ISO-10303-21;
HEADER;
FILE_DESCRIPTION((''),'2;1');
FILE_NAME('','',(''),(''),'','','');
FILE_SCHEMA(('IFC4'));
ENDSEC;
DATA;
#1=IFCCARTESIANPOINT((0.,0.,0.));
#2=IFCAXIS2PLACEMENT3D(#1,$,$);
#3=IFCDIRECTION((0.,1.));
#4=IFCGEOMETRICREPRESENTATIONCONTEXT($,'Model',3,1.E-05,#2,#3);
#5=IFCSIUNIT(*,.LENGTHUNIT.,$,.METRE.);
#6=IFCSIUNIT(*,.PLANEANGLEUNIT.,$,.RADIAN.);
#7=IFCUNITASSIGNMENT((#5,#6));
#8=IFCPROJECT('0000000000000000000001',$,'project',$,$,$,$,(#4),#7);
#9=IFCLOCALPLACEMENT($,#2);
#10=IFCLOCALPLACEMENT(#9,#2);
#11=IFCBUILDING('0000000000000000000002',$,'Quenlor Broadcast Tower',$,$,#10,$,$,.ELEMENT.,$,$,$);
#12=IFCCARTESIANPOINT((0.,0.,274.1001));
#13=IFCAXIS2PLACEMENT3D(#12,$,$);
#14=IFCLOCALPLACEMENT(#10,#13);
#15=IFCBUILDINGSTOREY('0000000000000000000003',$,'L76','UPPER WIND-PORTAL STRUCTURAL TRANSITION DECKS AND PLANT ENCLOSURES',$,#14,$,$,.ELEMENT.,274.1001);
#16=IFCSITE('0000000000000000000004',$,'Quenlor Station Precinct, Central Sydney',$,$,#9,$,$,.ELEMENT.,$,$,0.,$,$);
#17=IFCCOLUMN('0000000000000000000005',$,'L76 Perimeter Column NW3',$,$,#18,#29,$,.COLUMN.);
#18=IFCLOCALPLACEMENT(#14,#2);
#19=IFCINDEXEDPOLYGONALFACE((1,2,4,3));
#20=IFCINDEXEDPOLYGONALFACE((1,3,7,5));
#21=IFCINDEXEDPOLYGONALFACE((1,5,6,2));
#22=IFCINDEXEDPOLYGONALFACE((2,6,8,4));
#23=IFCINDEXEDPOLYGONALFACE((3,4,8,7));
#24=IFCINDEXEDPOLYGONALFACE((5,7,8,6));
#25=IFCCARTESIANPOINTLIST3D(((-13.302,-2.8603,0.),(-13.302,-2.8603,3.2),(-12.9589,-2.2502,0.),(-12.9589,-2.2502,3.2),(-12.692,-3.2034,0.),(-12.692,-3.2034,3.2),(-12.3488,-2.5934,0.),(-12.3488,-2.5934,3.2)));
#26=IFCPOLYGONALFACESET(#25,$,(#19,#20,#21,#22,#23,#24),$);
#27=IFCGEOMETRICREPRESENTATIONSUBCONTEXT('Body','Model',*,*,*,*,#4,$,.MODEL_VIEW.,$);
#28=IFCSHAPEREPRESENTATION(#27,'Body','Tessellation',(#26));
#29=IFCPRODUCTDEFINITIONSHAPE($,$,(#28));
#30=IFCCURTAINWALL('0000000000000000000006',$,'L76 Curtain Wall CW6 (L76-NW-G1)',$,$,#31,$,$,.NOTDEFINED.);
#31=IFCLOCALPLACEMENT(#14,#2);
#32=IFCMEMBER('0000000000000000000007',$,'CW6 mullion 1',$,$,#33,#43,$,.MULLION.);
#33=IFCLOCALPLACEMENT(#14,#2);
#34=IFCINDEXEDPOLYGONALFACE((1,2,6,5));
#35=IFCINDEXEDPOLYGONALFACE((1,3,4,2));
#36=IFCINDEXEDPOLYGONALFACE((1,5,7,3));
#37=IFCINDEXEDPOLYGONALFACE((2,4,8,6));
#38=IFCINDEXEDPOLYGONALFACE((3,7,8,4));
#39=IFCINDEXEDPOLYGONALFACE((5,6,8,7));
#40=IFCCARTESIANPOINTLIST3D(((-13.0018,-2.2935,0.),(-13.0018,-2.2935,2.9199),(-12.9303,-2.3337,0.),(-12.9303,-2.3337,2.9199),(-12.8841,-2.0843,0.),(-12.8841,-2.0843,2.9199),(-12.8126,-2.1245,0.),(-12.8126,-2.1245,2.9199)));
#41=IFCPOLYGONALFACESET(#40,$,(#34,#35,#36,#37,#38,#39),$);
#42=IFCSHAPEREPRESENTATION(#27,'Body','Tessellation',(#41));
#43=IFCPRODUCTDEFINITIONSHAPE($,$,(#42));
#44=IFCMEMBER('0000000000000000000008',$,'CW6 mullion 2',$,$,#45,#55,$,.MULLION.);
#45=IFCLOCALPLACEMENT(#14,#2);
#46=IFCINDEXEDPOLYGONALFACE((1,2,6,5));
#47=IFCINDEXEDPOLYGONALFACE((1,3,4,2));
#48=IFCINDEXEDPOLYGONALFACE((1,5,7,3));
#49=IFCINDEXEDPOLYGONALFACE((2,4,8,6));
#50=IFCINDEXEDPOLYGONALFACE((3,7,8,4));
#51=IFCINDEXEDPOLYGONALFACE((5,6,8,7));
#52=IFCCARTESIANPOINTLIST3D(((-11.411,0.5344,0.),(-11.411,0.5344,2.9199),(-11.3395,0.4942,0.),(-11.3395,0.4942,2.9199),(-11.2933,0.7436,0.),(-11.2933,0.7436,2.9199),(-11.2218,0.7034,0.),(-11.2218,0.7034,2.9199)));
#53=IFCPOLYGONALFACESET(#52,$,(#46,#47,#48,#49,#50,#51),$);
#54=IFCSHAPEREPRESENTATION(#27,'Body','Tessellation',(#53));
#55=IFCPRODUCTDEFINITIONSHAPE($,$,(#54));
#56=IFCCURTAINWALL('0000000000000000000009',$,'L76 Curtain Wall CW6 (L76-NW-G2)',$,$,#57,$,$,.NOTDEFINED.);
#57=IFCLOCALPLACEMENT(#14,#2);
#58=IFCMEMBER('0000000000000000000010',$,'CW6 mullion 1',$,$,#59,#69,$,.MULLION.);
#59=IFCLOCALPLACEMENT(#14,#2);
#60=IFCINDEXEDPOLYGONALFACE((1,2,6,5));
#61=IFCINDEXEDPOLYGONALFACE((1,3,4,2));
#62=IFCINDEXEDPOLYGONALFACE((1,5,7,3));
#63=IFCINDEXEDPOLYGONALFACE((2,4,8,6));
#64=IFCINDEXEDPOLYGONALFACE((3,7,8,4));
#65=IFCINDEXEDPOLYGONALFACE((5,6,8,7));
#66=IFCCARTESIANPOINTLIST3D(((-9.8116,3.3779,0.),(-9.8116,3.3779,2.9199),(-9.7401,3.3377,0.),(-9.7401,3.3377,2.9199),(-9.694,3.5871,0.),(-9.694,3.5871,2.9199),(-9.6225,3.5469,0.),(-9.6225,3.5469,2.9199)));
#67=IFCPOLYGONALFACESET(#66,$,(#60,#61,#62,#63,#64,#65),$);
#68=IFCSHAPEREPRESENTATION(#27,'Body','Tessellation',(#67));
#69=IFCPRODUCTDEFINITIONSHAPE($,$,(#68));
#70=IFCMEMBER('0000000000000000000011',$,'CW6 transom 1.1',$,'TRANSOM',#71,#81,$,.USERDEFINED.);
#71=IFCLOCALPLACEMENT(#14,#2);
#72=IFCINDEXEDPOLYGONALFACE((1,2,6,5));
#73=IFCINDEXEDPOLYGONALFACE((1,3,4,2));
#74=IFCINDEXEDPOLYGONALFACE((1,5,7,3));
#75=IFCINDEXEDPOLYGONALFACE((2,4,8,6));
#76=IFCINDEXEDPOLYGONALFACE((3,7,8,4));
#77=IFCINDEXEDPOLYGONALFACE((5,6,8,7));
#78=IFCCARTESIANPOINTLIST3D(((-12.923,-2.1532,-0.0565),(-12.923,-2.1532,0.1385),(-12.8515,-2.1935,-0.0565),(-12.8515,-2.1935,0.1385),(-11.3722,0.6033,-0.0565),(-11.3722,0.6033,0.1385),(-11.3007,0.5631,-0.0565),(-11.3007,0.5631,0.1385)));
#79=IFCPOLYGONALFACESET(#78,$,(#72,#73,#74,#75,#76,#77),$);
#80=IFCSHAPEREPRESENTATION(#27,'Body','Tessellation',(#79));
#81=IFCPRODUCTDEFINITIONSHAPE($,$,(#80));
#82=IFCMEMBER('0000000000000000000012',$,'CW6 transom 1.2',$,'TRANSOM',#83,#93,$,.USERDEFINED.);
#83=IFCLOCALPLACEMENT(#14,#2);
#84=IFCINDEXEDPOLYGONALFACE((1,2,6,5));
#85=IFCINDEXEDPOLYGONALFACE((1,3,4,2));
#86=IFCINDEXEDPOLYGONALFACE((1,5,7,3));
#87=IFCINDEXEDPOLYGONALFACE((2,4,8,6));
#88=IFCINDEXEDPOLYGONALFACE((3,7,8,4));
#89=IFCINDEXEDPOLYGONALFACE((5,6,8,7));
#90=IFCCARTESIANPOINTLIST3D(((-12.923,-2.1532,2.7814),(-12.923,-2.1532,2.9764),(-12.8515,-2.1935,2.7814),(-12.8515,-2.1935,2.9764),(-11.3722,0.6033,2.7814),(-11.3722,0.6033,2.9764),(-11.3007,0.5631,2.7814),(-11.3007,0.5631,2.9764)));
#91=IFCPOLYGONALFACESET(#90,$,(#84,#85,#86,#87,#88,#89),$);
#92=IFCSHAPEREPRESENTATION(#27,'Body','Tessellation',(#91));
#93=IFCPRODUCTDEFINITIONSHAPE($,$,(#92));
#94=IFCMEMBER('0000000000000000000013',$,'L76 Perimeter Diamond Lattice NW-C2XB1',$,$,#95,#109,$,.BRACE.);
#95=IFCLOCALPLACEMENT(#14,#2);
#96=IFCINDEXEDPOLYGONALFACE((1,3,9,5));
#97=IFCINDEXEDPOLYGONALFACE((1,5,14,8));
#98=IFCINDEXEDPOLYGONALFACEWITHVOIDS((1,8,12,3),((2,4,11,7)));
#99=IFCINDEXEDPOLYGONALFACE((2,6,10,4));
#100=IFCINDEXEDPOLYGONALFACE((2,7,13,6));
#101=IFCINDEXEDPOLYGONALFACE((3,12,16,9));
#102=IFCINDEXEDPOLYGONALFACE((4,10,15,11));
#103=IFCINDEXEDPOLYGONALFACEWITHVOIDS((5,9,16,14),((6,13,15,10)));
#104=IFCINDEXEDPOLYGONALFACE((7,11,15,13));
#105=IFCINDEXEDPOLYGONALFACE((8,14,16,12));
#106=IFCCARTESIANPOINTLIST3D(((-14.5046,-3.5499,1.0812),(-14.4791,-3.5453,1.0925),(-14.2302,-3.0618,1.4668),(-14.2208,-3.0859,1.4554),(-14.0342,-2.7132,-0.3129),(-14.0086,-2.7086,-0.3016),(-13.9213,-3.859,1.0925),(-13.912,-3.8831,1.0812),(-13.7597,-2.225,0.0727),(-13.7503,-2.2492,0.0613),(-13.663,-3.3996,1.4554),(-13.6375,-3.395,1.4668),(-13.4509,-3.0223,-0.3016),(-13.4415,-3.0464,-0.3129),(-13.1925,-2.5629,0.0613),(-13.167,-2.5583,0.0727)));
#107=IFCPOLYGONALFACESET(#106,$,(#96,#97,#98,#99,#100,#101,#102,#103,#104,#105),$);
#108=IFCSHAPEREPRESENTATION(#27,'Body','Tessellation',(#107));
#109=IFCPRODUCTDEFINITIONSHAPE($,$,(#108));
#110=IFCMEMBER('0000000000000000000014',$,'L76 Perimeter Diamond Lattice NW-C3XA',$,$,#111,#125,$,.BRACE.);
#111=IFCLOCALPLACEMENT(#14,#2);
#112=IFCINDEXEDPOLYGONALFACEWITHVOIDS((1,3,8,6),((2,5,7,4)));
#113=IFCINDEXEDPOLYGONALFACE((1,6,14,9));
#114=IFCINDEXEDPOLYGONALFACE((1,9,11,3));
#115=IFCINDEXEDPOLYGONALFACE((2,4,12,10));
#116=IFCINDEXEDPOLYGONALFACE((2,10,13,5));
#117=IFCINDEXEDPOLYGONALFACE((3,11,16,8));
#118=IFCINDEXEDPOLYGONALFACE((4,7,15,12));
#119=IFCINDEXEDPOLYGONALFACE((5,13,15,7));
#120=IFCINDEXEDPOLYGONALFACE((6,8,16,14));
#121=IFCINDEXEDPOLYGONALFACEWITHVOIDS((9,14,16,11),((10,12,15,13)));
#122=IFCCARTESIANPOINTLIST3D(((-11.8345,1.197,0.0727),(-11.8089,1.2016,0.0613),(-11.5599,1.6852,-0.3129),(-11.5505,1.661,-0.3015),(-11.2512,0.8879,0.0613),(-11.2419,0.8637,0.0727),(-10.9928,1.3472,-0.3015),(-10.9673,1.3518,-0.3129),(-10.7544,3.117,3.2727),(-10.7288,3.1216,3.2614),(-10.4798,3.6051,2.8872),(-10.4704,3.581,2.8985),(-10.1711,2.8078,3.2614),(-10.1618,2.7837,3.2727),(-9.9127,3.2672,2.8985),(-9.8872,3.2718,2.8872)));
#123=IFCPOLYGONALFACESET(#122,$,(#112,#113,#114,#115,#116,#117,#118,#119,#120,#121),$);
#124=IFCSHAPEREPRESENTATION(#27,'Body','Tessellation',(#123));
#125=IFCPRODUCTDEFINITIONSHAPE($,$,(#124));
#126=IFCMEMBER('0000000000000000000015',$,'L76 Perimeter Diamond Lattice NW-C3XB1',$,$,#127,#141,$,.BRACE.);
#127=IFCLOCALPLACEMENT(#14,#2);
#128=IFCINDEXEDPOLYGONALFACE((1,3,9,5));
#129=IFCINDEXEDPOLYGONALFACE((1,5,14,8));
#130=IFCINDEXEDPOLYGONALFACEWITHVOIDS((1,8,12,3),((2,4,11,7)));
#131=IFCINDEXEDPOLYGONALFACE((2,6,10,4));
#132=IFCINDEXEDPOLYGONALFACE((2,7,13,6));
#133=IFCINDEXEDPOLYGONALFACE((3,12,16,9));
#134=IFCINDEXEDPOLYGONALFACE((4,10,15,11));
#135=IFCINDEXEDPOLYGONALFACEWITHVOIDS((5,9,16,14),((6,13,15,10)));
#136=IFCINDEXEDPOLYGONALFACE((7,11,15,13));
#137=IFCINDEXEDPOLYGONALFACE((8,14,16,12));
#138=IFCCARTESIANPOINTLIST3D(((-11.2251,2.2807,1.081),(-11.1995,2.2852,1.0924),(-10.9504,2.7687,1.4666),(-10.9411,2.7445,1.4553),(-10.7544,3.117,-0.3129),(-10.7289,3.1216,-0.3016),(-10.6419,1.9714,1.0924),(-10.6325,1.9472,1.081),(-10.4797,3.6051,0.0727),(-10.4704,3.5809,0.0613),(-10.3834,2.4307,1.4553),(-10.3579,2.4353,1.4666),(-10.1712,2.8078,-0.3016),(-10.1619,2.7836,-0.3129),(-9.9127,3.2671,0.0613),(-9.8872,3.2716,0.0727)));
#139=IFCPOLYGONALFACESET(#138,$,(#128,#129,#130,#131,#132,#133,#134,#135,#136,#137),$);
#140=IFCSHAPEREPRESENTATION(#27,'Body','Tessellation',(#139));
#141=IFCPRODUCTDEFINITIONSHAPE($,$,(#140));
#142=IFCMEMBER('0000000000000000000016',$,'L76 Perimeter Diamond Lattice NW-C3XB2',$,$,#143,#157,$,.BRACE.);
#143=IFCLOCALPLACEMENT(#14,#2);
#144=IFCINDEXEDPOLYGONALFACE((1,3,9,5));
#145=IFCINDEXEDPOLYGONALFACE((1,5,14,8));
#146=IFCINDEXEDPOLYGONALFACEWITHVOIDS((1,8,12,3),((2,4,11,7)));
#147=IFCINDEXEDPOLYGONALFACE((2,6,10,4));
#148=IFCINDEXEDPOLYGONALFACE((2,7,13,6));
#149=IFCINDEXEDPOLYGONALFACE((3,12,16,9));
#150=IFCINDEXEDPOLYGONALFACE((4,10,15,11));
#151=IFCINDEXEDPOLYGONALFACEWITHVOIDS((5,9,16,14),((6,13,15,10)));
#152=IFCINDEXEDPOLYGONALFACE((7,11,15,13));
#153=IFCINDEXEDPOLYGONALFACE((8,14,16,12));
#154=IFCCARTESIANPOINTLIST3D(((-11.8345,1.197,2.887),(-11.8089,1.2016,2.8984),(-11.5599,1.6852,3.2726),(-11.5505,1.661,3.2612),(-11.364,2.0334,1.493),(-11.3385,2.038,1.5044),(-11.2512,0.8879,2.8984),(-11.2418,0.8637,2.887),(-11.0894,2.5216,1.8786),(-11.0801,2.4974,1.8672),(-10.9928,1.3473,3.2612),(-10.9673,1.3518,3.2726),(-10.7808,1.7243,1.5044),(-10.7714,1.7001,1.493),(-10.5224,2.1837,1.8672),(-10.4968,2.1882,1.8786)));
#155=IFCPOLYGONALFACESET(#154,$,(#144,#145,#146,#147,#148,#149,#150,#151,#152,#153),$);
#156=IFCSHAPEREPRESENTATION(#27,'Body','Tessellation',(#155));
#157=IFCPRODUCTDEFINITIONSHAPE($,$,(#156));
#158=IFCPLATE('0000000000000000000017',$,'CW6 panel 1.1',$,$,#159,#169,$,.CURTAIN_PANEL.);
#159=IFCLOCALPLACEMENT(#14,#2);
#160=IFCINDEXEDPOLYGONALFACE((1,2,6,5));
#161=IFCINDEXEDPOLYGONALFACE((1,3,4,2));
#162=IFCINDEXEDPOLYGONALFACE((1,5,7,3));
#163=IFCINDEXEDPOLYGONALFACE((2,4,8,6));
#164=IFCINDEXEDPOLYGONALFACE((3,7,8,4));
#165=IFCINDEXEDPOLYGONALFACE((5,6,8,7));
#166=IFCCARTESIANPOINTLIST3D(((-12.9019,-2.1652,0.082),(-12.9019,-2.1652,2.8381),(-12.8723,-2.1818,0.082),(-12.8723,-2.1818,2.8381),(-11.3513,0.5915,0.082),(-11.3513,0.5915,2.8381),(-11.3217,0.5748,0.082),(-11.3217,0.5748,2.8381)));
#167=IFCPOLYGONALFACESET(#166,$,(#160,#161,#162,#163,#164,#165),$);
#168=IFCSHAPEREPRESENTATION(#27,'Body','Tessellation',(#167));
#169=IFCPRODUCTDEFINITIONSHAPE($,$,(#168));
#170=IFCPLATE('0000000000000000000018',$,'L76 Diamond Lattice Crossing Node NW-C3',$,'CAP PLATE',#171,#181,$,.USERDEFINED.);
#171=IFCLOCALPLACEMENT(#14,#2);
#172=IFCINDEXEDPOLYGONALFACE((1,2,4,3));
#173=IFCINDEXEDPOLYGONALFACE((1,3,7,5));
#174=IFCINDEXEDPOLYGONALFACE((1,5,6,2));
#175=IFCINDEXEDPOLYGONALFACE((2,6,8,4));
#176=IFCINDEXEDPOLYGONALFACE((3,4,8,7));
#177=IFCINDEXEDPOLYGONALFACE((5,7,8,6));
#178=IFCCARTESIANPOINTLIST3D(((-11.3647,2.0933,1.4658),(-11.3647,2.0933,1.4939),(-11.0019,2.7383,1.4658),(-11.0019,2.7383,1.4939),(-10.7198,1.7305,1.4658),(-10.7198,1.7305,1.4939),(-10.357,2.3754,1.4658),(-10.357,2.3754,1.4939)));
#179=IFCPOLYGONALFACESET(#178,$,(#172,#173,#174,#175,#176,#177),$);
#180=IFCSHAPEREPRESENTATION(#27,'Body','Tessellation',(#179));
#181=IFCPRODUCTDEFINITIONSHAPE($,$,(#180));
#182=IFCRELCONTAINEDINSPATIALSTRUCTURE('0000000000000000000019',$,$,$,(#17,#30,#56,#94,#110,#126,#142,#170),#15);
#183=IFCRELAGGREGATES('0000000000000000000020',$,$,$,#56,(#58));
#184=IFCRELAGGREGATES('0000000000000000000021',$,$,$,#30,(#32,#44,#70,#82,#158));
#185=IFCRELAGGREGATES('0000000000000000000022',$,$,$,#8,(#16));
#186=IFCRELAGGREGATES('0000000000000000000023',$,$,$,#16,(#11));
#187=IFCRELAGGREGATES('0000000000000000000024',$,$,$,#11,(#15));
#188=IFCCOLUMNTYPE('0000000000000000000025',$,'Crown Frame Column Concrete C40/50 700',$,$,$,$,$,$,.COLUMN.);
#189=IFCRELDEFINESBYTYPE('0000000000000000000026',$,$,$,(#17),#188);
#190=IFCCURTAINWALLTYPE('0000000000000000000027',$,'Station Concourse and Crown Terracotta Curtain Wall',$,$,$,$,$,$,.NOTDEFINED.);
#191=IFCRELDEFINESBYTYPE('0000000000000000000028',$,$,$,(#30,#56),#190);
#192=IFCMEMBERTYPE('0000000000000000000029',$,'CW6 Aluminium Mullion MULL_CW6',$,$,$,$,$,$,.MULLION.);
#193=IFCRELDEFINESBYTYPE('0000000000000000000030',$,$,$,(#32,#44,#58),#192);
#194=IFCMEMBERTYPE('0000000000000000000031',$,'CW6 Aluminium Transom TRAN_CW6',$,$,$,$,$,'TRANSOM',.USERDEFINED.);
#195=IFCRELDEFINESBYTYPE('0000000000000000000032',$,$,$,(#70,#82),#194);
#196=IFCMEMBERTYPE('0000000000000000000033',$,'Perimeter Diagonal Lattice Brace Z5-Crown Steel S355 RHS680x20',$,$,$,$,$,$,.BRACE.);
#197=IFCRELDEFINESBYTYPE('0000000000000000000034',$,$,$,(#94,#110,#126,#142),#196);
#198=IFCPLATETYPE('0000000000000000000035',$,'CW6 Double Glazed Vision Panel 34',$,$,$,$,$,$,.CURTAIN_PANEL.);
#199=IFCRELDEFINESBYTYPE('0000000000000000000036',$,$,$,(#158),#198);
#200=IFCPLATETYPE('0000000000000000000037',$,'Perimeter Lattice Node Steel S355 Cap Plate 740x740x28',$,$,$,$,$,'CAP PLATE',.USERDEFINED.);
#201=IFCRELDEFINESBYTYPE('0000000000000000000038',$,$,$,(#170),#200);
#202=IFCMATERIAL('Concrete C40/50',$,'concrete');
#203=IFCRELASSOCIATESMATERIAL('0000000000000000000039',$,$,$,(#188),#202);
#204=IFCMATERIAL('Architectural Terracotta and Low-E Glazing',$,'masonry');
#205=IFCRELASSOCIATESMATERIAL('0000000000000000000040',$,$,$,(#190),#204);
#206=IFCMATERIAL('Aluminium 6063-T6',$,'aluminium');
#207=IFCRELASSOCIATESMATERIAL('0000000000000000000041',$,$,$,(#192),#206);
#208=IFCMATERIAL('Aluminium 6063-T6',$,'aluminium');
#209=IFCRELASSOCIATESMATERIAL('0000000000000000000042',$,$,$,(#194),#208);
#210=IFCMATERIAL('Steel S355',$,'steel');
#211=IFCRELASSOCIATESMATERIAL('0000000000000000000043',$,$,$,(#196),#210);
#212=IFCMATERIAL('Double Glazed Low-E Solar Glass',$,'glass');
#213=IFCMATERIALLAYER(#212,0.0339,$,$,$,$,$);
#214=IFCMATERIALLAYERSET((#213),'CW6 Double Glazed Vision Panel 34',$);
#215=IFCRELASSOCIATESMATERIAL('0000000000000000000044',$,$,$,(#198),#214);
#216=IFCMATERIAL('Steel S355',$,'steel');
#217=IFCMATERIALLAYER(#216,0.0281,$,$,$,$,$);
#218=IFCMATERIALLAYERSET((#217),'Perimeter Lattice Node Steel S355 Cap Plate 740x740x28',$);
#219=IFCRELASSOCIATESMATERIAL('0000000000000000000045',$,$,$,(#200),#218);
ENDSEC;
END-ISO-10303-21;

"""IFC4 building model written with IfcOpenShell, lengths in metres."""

from ifc_helpers import new_model, si_unit, direction, frame, origin, origin_2d, place, context, subcontext, project, spatial, rectangle, hollow_rectangle, extrude, material, layer, layer_set, material_profile, profile_set, type_object, element, aggregate, save


model = new_model("IFC4")

# Units and contexts
model_context = context("Model", 3, precision=1e-05, world=origin(), true_north=direction((0.0, 1.0)))
body_context = subcontext(model_context, "Body", "Model", "MODEL_VIEW")
ifc_project = project(units=[si_unit("LENGTHUNIT", "METRE"), si_unit("PLANEANGLEUNIT", "RADIAN")], contexts=[model_context])

# Site, building, storey
site_placement = place(None, origin())
site = spatial("IfcSite", under=ifc_project, at=site_placement, Name="Quenlor Station Precinct, Central Sydney", CompositionType="ELEMENT", RefElevation=0.0)
building_placement = place(site_placement, origin())
building = spatial("IfcBuilding", under=site, at=building_placement, Name="Quenlor Broadcast Tower", CompositionType="ELEMENT")
storey_placement = place(building_placement, frame((0.0, 0.0, 274.1001)))
storey = spatial("IfcBuildingStorey", under=building, at=storey_placement, Name="L76", Description="UPPER WIND-PORTAL STRUCTURAL TRANSITION DECKS AND PLANT ENCLOSURES", CompositionType="ELEMENT", Elevation=274.1001)

# Column
ifc_material_1 = material(Name="Concrete C40/50", Category="concrete")
ifc_material_profile_1 = material_profile(ifc_material_1, rectangle(XDim=0.7, YDim=0.7, at=origin_2d()))
ifc_profile_set_1 = profile_set([ifc_material_profile_1], Name="Concrete C40/50 RC700x700")
column_type = type_object("IfcColumnType", Name="Crown Frame Column Concrete C40/50 700", PredefinedType="COLUMN", material=ifc_profile_set_1)
column_placement = place(storey_placement, frame((-12.8254, -2.7268, 0.0), z_axis=(0.0, 0.0, 1.0), x_axis=(-0.871575, 0.490262, 0.0)))
element("IfcColumn", 1, at=column_placement, inside=storey, type_object=column_type, Name="L76 Perimeter Column NW3", PredefinedType="COLUMN", context=body_context, shape_type="SweptSolid", body=[
    extrude(rectangle(XDim=0.7, YDim=0.7, at=origin_2d()), origin(), (0.0, 0.0, 1.0), 3.2),
])

# Curtain wall, members
ifc_material_2 = material(Name="Architectural Terracotta and Low-E Glazing", Category="masonry")
curtain_wall_type = type_object("IfcCurtainWallType", Name="Station Concourse and Crown Terracotta Curtain Wall", PredefinedType="NOTDEFINED", material=ifc_material_2)
curtain_wall_1_placement = place(storey_placement, origin())
curtain_wall_1 = element("IfcCurtainWall", 2, at=curtain_wall_1_placement, inside=storey, type_object=curtain_wall_type, Name="L76 Curtain Wall CW6 (L76-NW-G1)", PredefinedType="NOTDEFINED")
ifc_material_3 = material(Name="Aluminium 6063-T6", Category="aluminium")
ifc_material_profile_2 = material_profile(ifc_material_3, rectangle(XDim=0.082, YDim=0.24, at=origin_2d()))
ifc_profile_set_2 = profile_set([ifc_material_profile_2], Name="Aluminium 6063-T6 MULL82x240")
member_type_1 = type_object("IfcMemberType", Name="CW6 Aluminium Mullion MULL_CW6", PredefinedType="MULLION", material=ifc_profile_set_2)
member_1_placement = place(storey_placement, frame((-12.9072, -2.209, 0.0), z_axis=(0.0, 0.0, 1.0), x_axis=(-0.871572, 0.490268, 0.0)))
member_1 = element("IfcMember", 3, at=member_1_placement, type_object=member_type_1, Name="CW6 mullion 1", PredefinedType="MULLION", context=body_context, shape_type="SweptSolid", body=[
    extrude(rectangle(XDim=0.082, YDim=0.24, at=origin_2d()), origin(), (0.0, 0.0, 1.0), 2.9199),
])
member_2_placement = place(storey_placement, frame((-11.3164, 0.6189, 0.0), z_axis=(0.0, 0.0, 1.0), x_axis=(-0.871572, 0.490268, 0.0)))
member_2 = element("IfcMember", 4, at=member_2_placement, type_object=member_type_1, Name="CW6 mullion 2", PredefinedType="MULLION", context=body_context, shape_type="SweptSolid", body=[
    extrude(rectangle(XDim=0.082, YDim=0.24, at=origin_2d()), origin(), (0.0, 0.0, 1.0), 2.9199),
])

# Curtain wall, member
curtain_wall_2_placement = place(storey_placement, origin())
curtain_wall_2 = element("IfcCurtainWall", 5, at=curtain_wall_2_placement, inside=storey, type_object=curtain_wall_type, Name="L76 Curtain Wall CW6 (L76-NW-G2)", PredefinedType="NOTDEFINED")
member_3_placement = place(storey_placement, frame((-9.717, 3.4624, 0.0), z_axis=(0.0, 0.0, 1.0), x_axis=(-0.871572, 0.490268, 0.0)))
member_3 = element("IfcMember", 6, at=member_3_placement, type_object=member_type_1, Name="CW6 mullion 1", PredefinedType="MULLION", context=body_context, shape_type="SweptSolid", body=[
    extrude(rectangle(XDim=0.082, YDim=0.24, at=origin_2d()), origin(), (0.0, 0.0, 1.0), 2.9199),
])
aggregate(curtain_wall_2, [member_3])

# Members
ifc_material_4 = material(Name="Aluminium 6063-T6", Category="aluminium")
ifc_material_profile_3 = material_profile(ifc_material_4, rectangle(XDim=0.082, YDim=0.1951, at=origin_2d()))
ifc_profile_set_3 = profile_set([ifc_material_profile_3], Name="Aluminium 6063-T6 TRAN82x195")
member_type_2 = type_object("IfcMemberType", Name="CW6 Aluminium Transom TRAN_CW6", ElementType="TRANSOM", PredefinedType="USERDEFINED", material=ifc_profile_set_3)
member_4_placement = place(storey_placement, frame((-12.8872, -2.1733, 0.041), z_axis=(0.490309, 0.871549, 0.0), x_axis=(-0.871549, 0.490309, 0.0)))
member_4 = element("IfcMember", 7, at=member_4_placement, type_object=member_type_2, Name="CW6 transom 1.1", ObjectType="TRANSOM", PredefinedType="USERDEFINED", context=body_context, shape_type="SweptSolid", body=[
    extrude(rectangle(XDim=0.082, YDim=0.1951, at=origin_2d()), origin(), (0.0, 0.0, 1.0), 3.1628),
])
member_5_placement = place(storey_placement, frame((-12.8872, -2.1733, 2.8789), z_axis=(0.490309, 0.871549, 0.0), x_axis=(-0.871549, 0.490309, 0.0)))
member_5 = element("IfcMember", 8, at=member_5_placement, type_object=member_type_2, Name="CW6 transom 1.2", ObjectType="TRANSOM", PredefinedType="USERDEFINED", context=body_context, shape_type="SweptSolid", body=[
    extrude(rectangle(XDim=0.082, YDim=0.1951, at=origin_2d()), origin(), (0.0, 0.0, 1.0), 3.1628),
])

# Members
ifc_material_5 = material(Name="Steel S355", Category="steel")
ifc_material_profile_4 = material_profile(ifc_material_5, hollow_rectangle(XDim=0.6799, YDim=0.6799, WallThickness=0.02, at=origin_2d()))
ifc_profile_set_4 = profile_set([ifc_material_profile_4], Name="Steel S355 RHS680x680x20")
member_type_3 = type_object("IfcMemberType", Name="Perimeter Diagonal Lattice Brace Z5-Crown Steel S355 RHS680x20", PredefinedType="BRACE", material=ifc_profile_set_4)
member_6_placement = place(storey_placement, frame((-13.6006, -2.6357, -0.1201), z_axis=(-0.27796, -0.494327, 0.823638), x_axis=(0.87165, -0.490128, 0.0)))
element("IfcMember", 9, at=member_6_placement, inside=storey, type_object=member_type_3, Name="L76 Perimeter Diamond Lattice NW-C2XB1", PredefinedType="BRACE", context=body_context, shape_type="SweptSolid", body=[
    extrude(hollow_rectangle(XDim=0.6799, YDim=0.6799, WallThickness=0.02, at=origin_2d()), origin(), (0.0, 0.0, 1.0), 1.6926),
])
member_7_placement = place(storey_placement, frame((-11.4009, 1.2744, -0.1201), z_axis=(0.27802, 0.494203, 0.823692), x_axis=(-0.871552, 0.490303, 0.0)))
element("IfcMember", 10, at=member_7_placement, inside=storey, type_object=member_type_3, Name="L76 Perimeter Diamond Lattice NW-C3XA", PredefinedType="BRACE", context=body_context, shape_type="SweptSolid", body=[
    extrude(hollow_rectangle(XDim=0.6799, YDim=0.6799, WallThickness=0.02, at=origin_2d()), origin(), (0.0, 0.0, 1.0), 3.885),
])
for number, where, z_axis, x_axis, name in (
    (11, (-10.3208, 3.1943, -0.1201), (-0.278113, -0.494198, 0.823664), (0.87148, -0.49043, 0.0), "L76 Perimeter Diamond Lattice NW-C3XB1"),
    (12, (-10.9304, 2.1108, 1.6858), (-0.27798, -0.494218, 0.823697), (0.871589, -0.490237, 0.0), "L76 Perimeter Diamond Lattice NW-C3XB2"),
):
    element("IfcMember", number, at=place(storey_placement, frame(where, z_axis=z_axis, x_axis=x_axis)), inside=storey, type_object=member_type_3, Name=name, PredefinedType="BRACE", context=body_context, shape_type="SweptSolid", body=[
        extrude(hollow_rectangle(XDim=0.6799, YDim=0.6799, WallThickness=0.02, at=origin_2d()), origin(), (0.0, 0.0, 1.0), 1.6924),
    ])

# Plate
ifc_material_6 = material(Name="Double Glazed Low-E Solar Glass", Category="glass")
ifc_layer_1 = layer(ifc_material_6, 0.0339)
ifc_layer_set_1 = layer_set([ifc_layer_1], Name="CW6 Double Glazed Vision Panel 34")
plate_type_1 = type_object("IfcPlateType", Name="CW6 Double Glazed Vision Panel 34", PredefinedType="CURTAIN_PANEL", material=ifc_layer_set_1)
plate_1_placement = place(storey_placement, frame((-12.1118, -0.7952, 0.082), z_axis=(0.0, 0.0, 1.0), x_axis=(0.490268, 0.871572, 0.0)))
plate_1 = element("IfcPlate", 13, at=plate_1_placement, type_object=plate_type_1, Name="CW6 panel 1.1", PredefinedType="CURTAIN_PANEL", context=body_context, shape_type="SweptSolid", body=[
    extrude(rectangle(XDim=3.1628, YDim=0.0339, at=origin_2d()), origin(), (0.0, 0.0, 1.0), 2.7561),
])
aggregate(curtain_wall_1, [member_1, member_2, member_4, member_5, plate_1])

# Plate
ifc_material_7 = material(Name="Steel S355", Category="steel")
ifc_layer_2 = layer(ifc_material_7, 0.0281)
ifc_layer_set_2 = layer_set([ifc_layer_2], Name="Perimeter Lattice Node Steel S355 Cap Plate 740x740x28")
plate_type_2 = type_object("IfcPlateType", Name="Perimeter Lattice Node Steel S355 Cap Plate 740x740x28", ElementType="CAP PLATE", PredefinedType="USERDEFINED", material=ifc_layer_set_2)
plate_2_placement = place(storey_placement, frame((-10.8608, 2.2344, 1.4658), z_axis=(0.0, 0.0, 1.0), x_axis=(0.490295, 0.871556, 0.0)))
element("IfcPlate", 14, at=plate_2_placement, inside=storey, type_object=plate_type_2, Name="L76 Diamond Lattice Crossing Node NW-C3", ObjectType="CAP PLATE", PredefinedType="USERDEFINED", context=body_context, shape_type="SweptSolid", body=[
    extrude(rectangle(XDim=0.74, YDim=0.74, at=origin_2d()), origin(), (0.0, 0.0, 1.0), 0.0281),
])

save(model, "model.ifc")
